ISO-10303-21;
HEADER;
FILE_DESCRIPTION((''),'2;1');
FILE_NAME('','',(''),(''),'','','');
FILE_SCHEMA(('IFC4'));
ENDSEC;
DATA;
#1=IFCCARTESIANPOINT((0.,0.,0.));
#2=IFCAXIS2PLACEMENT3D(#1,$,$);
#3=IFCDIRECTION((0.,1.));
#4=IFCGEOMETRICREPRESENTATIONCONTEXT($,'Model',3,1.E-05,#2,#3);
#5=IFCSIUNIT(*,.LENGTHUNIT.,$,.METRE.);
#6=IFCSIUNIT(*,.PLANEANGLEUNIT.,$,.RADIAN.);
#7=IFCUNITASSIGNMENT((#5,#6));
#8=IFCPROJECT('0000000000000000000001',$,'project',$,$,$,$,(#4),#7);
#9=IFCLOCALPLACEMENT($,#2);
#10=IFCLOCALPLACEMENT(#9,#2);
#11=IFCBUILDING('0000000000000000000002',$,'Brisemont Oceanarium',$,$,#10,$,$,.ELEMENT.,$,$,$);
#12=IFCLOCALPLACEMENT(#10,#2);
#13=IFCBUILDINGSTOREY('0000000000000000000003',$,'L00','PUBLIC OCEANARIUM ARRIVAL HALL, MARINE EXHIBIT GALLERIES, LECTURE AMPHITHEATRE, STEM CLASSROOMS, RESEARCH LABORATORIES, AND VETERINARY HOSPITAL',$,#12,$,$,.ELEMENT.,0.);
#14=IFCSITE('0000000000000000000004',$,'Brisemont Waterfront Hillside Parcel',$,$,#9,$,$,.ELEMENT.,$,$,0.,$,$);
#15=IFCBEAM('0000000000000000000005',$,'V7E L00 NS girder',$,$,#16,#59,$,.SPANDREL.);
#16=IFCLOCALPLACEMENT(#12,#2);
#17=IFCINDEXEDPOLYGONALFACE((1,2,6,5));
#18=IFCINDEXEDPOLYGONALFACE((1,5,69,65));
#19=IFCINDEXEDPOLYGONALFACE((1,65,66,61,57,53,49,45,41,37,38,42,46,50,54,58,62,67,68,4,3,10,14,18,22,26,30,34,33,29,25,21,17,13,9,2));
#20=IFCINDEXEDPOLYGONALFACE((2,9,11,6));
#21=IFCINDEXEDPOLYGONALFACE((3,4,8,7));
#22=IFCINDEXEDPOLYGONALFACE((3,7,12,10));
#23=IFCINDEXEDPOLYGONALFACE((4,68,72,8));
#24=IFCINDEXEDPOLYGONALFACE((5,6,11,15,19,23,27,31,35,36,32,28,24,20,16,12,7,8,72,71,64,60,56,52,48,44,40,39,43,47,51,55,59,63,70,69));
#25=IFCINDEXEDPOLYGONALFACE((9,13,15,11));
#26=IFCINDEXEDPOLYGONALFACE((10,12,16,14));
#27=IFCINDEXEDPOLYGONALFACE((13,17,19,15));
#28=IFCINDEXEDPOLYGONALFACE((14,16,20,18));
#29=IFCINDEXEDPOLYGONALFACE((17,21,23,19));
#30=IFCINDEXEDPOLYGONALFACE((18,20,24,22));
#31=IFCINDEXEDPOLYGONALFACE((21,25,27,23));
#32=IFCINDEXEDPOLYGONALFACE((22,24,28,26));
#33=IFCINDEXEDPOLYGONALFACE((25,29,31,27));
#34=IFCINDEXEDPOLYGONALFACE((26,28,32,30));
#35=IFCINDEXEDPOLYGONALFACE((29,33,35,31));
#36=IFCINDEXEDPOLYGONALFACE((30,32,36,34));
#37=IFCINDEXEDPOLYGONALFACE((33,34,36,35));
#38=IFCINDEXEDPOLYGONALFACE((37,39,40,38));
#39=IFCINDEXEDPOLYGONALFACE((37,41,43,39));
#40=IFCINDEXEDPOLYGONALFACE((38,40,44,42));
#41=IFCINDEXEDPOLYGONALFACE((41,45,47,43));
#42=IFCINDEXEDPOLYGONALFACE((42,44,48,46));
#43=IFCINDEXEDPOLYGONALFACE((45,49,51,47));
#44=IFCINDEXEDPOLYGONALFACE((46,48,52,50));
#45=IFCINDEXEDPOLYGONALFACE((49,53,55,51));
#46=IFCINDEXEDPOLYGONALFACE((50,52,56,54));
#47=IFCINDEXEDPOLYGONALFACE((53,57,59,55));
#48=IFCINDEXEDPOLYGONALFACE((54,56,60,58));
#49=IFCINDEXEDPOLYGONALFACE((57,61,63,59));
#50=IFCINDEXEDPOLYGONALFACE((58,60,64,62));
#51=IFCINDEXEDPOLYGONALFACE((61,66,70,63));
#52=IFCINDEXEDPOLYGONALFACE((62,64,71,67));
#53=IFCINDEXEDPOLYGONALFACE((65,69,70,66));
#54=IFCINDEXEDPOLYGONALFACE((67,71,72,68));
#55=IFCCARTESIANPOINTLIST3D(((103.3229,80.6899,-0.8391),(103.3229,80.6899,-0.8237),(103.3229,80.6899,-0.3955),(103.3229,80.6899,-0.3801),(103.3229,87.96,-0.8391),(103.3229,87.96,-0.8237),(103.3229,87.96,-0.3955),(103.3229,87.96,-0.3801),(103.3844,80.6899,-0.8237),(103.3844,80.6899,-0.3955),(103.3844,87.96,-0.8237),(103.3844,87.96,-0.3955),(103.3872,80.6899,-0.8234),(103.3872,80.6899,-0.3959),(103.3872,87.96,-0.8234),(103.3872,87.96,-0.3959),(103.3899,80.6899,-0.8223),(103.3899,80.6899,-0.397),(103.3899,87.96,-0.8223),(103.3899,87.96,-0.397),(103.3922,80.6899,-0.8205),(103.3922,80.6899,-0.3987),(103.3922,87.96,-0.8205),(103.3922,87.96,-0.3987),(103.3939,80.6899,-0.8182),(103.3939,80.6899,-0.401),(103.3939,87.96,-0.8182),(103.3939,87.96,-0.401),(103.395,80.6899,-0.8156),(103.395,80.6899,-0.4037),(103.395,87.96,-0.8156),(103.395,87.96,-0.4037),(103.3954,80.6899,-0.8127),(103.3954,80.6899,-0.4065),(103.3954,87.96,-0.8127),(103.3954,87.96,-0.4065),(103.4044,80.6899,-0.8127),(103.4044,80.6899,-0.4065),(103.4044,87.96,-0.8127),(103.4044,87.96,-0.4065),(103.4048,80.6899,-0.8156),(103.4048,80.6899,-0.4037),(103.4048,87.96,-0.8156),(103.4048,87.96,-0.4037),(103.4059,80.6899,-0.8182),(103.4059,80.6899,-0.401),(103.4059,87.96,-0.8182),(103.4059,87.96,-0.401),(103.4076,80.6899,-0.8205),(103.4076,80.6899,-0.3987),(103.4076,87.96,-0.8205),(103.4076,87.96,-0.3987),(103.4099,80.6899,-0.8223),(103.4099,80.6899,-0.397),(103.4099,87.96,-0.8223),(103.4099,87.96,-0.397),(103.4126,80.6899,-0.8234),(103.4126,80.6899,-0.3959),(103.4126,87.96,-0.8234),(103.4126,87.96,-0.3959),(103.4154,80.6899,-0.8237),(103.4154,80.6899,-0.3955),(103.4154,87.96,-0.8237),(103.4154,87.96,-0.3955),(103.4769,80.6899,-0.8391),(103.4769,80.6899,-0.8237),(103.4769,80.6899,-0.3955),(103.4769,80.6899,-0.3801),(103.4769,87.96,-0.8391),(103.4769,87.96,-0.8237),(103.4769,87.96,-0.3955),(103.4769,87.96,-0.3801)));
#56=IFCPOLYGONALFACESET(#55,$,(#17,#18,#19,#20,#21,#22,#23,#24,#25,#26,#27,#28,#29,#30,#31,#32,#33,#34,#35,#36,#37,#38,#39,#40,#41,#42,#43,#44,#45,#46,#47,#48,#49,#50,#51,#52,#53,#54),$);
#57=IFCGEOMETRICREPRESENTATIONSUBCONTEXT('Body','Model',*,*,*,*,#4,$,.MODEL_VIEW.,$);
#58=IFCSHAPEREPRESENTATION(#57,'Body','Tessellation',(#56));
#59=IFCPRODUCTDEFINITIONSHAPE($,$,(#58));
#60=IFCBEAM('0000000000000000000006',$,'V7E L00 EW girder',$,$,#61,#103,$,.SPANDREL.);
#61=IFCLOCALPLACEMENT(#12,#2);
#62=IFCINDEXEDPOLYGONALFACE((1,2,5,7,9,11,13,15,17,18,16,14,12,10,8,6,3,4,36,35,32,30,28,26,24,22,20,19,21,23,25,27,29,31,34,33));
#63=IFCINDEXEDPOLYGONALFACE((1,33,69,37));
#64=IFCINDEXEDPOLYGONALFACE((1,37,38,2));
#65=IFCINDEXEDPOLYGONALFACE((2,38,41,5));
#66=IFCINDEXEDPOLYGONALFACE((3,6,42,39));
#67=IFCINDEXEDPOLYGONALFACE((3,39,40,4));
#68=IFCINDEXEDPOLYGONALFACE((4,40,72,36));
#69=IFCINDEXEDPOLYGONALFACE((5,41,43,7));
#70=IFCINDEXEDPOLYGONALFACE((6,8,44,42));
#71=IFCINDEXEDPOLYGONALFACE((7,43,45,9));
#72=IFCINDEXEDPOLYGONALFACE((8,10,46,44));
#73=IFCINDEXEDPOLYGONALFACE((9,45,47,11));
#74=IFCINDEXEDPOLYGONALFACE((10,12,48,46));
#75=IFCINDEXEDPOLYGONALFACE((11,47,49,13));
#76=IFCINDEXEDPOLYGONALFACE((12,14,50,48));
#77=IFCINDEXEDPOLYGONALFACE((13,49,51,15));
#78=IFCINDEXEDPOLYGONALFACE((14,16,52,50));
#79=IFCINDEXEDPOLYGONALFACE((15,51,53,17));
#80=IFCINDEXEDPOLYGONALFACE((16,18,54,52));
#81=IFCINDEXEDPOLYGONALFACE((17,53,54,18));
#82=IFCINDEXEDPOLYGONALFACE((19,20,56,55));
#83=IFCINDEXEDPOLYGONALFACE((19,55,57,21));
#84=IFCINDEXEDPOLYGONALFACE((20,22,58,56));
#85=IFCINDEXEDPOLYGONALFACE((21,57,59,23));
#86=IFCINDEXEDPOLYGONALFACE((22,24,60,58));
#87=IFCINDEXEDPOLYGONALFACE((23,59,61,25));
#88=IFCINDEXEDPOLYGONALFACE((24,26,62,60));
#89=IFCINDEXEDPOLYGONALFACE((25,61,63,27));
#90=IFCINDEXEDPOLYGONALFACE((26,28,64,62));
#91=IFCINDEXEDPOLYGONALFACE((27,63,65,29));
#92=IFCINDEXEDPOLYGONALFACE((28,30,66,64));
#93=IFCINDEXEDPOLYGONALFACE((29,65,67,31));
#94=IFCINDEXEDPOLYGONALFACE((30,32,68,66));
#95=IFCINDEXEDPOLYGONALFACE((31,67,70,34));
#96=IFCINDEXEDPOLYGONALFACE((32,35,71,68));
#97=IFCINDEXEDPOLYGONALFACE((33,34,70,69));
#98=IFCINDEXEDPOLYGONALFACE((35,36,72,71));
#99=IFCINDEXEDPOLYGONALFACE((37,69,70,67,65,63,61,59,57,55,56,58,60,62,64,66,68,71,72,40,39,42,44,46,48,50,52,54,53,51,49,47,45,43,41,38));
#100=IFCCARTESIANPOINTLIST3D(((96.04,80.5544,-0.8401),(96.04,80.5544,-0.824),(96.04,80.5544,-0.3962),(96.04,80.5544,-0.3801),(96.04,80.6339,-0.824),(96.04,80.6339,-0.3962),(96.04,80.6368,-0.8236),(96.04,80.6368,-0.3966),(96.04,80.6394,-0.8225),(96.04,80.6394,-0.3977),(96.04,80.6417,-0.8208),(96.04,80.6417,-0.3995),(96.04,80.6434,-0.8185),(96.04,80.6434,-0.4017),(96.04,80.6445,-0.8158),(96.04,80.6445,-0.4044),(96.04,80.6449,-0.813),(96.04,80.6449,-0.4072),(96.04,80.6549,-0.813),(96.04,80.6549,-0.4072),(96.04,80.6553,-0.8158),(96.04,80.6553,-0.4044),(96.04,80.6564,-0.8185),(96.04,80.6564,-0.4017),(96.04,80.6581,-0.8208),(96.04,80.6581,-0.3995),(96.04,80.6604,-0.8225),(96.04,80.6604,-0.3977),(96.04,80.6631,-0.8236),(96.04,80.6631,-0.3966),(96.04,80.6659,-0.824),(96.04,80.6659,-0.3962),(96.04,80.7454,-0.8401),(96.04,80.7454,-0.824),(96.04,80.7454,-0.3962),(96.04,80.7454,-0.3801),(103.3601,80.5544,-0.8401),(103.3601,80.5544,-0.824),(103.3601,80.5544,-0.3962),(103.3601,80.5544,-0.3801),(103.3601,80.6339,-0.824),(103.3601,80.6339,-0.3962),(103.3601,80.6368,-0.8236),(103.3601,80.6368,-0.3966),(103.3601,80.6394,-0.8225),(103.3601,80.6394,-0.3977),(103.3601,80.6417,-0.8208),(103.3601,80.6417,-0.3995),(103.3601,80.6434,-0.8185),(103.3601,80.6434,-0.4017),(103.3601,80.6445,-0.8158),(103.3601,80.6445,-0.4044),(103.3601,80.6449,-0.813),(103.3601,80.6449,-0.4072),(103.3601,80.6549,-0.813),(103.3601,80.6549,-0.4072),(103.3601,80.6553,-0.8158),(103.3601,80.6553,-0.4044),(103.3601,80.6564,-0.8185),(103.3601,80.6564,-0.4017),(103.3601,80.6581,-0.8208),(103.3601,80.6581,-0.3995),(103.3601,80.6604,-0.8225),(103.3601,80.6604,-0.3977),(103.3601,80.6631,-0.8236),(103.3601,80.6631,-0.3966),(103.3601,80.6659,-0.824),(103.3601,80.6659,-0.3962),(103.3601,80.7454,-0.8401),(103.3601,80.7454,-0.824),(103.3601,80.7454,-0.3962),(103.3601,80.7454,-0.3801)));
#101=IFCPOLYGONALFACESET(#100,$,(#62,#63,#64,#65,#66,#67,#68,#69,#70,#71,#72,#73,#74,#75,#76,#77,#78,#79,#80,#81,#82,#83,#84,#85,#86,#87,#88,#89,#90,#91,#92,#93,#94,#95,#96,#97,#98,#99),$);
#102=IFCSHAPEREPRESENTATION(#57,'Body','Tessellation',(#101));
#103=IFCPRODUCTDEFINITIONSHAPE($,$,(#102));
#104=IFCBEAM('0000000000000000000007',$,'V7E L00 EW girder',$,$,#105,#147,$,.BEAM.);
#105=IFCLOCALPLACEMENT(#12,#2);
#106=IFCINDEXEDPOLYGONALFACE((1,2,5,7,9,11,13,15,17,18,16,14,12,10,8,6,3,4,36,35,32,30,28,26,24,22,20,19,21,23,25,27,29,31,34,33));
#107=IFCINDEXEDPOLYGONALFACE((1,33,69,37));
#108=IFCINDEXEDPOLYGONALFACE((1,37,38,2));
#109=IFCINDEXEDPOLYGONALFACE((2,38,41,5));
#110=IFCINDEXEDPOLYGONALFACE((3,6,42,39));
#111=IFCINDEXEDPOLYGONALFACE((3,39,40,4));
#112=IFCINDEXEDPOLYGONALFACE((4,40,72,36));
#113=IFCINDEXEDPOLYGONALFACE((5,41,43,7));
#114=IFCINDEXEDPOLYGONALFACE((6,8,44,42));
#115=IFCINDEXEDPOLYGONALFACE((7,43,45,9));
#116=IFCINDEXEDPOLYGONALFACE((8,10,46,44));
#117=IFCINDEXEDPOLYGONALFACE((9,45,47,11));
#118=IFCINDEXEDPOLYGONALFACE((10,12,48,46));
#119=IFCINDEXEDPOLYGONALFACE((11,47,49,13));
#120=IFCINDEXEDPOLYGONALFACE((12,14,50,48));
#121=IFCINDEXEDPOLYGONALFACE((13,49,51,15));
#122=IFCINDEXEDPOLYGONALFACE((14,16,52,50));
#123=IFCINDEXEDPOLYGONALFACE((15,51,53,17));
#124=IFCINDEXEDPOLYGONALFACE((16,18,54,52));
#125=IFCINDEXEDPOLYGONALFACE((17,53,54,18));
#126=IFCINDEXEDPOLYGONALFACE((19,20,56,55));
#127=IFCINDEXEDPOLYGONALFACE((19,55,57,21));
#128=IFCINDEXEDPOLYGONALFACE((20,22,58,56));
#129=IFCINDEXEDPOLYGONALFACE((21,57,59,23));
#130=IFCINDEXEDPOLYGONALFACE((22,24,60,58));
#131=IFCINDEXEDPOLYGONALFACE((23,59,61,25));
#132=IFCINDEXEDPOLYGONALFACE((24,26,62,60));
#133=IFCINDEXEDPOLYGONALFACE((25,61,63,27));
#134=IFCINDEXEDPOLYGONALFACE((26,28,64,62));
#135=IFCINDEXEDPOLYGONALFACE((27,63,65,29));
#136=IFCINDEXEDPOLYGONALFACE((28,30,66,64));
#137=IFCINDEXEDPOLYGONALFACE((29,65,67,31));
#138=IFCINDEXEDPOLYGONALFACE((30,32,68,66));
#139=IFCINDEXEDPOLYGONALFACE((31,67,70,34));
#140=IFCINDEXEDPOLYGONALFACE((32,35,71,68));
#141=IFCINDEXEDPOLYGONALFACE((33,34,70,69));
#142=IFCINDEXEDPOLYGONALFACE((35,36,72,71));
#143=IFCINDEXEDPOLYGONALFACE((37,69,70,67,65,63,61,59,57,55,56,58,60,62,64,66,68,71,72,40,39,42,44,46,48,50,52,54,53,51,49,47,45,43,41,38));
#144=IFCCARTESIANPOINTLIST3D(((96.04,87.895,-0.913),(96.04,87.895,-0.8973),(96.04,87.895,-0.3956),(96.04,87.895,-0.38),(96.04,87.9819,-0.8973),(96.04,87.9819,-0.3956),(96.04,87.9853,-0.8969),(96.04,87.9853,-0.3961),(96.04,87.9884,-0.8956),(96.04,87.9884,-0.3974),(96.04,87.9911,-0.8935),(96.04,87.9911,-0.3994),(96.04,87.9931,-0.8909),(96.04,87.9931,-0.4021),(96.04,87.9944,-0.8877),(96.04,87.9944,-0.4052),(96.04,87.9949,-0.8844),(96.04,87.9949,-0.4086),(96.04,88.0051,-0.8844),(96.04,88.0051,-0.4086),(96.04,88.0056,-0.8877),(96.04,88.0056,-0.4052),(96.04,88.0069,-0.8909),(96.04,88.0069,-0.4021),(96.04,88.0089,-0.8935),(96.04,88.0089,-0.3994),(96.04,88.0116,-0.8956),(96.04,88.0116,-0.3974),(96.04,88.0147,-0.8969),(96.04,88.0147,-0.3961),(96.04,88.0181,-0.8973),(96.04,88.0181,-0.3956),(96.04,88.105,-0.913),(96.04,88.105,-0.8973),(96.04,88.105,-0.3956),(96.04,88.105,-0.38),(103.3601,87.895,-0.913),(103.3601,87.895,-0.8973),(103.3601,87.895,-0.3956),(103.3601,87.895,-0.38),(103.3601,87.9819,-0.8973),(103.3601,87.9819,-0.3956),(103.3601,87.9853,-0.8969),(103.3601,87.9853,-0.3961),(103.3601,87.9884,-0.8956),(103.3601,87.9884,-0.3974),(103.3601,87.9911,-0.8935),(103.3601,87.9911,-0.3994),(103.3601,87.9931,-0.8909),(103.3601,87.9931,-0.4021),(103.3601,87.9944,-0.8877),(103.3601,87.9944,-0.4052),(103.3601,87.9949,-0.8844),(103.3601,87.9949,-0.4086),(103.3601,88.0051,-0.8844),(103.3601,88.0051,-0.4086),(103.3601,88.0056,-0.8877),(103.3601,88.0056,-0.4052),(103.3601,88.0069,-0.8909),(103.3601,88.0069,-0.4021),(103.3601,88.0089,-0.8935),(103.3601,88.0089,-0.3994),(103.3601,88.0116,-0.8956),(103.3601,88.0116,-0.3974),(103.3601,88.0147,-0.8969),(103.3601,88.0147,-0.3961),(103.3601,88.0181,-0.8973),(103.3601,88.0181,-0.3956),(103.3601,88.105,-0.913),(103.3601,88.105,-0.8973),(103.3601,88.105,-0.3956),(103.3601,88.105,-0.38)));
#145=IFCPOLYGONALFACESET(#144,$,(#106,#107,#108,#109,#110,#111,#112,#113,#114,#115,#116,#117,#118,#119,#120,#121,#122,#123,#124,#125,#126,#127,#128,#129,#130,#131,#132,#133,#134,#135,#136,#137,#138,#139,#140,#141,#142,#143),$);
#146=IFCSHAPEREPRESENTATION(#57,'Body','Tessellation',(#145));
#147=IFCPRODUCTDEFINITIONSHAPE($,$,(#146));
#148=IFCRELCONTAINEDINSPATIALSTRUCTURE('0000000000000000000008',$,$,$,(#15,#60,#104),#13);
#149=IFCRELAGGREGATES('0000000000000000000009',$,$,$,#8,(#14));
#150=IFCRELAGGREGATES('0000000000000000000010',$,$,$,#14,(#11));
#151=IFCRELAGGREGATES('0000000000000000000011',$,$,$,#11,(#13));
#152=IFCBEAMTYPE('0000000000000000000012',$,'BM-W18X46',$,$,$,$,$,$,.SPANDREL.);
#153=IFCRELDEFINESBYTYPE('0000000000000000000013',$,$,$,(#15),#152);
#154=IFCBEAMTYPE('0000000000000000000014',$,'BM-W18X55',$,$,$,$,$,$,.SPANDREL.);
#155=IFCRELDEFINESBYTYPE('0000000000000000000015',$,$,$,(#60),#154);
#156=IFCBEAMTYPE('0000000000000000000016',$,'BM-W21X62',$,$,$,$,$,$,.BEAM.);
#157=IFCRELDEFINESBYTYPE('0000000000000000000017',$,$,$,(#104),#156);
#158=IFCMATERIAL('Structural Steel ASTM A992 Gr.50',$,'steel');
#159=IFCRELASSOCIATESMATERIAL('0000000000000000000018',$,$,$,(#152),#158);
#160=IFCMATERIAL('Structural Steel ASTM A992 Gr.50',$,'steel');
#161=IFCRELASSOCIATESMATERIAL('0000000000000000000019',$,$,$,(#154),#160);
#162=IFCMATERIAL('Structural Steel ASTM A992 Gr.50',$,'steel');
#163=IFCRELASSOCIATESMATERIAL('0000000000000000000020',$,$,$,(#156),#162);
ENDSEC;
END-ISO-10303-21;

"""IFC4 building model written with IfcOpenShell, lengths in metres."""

from ifc_helpers import new_model, si_unit, direction, frame, origin, origin_2d, place, context, subcontext, project, spatial, i_section, extrude, material, material_profile, profile_set, type_object, element, save


model = new_model("IFC4")

# Units and contexts
model_context = context("Model", 3, precision=1e-05, world=origin(), true_north=direction((0.0, 1.0)))
body_context = subcontext(model_context, "Body", "Model", "MODEL_VIEW")
ifc_project = project(units=[si_unit("LENGTHUNIT", "METRE"), si_unit("PLANEANGLEUNIT", "RADIAN")], contexts=[model_context])

# Site, building, storey
site_placement = place(None, origin())
site = spatial("IfcSite", under=ifc_project, at=site_placement, Name="Brisemont Waterfront Hillside Parcel", CompositionType="ELEMENT", RefElevation=0.0)
building_placement = place(site_placement, origin())
building = spatial("IfcBuilding", under=site, at=building_placement, Name="Brisemont Oceanarium", CompositionType="ELEMENT")
storey_placement = place(building_placement, origin())
storey = spatial("IfcBuildingStorey", under=building, at=storey_placement, Name="L00", Description="PUBLIC OCEANARIUM ARRIVAL HALL, MARINE EXHIBIT GALLERIES, LECTURE AMPHITHEATRE, STEM CLASSROOMS, RESEARCH LABORATORIES, AND VETERINARY HOSPITAL", CompositionType="ELEMENT", Elevation=0.0)

# Beams
ifc_material_1 = material(Name="Structural Steel ASTM A992 Gr.50", Category="steel")
ifc_material_profile_1 = material_profile(ifc_material_1, i_section(OverallWidth=0.1541, OverallDepth=0.459, WebThickness=0.009, FlangeThickness=0.0154, FilletRadius=0.011, at=origin_2d()), Name="W18X46")
ifc_profile_set_1 = profile_set([ifc_material_profile_1], Name="Structural Steel ASTM A992 Gr.50")
beam_type_1 = type_object("IfcBeamType", Name="BM-W18X46", PredefinedType="SPANDREL", material=ifc_profile_set_1)
beam_1_placement = place(storey_placement, frame((103.3999, 80.6899, -0.6096), z_axis=(0.0, 1.0, 0.0), x_axis=(-1.0, 0.0, 0.0)))
element("IfcBeam", 1, at=beam_1_placement, inside=storey, type_object=beam_type_1, Name="V7E L00 NS girder", PredefinedType="SPANDREL", context=body_context, shape_type="SweptSolid", body=[
    extrude(i_section(OverallWidth=0.1541, OverallDepth=0.459, WebThickness=0.009, FlangeThickness=0.0154, FilletRadius=0.011, at=origin_2d()), origin(), (0.0, 0.0, 1.0), 7.27),
])
ifc_material_2 = material(Name="Structural Steel ASTM A992 Gr.50", Category="steel")
ifc_material_profile_2 = material_profile(ifc_material_2, i_section(OverallWidth=0.1909, OverallDepth=0.46, WebThickness=0.01, FlangeThickness=0.0161, FilletRadius=0.011, at=origin_2d()), Name="W18X55")
ifc_profile_set_2 = profile_set([ifc_material_profile_2], Name="Structural Steel ASTM A992 Gr.50")
beam_type_2 = type_object("IfcBeamType", Name="BM-W18X55", PredefinedType="SPANDREL", material=ifc_profile_set_2)
beam_2_placement = place(storey_placement, frame((96.04, 80.6499, -0.6101), z_axis=(1.0, 0.0, 0.0), x_axis=(0.0, 1.0, 0.0)))
element("IfcBeam", 2, at=beam_2_placement, inside=storey, type_object=beam_type_2, Name="V7E L00 EW girder", PredefinedType="SPANDREL", context=body_context, shape_type="SweptSolid", body=[
    extrude(i_section(OverallWidth=0.1909, OverallDepth=0.46, WebThickness=0.01, FlangeThickness=0.0161, FilletRadius=0.011, at=origin_2d()), origin(), (0.0, 0.0, 1.0), 7.3201),
])
ifc_material_3 = material(Name="Structural Steel ASTM A992 Gr.50", Category="steel")
ifc_material_profile_3 = material_profile(ifc_material_3, i_section(OverallWidth=0.21, OverallDepth=0.533, WebThickness=0.0103, FlangeThickness=0.0156, FilletRadius=0.0129, at=origin_2d()), Name="W21X62")
ifc_profile_set_3 = profile_set([ifc_material_profile_3], Name="Structural Steel ASTM A992 Gr.50")
beam_type_3 = type_object("IfcBeamType", Name="BM-W21X62", PredefinedType="BEAM", material=ifc_profile_set_3)
beam_3_placement = place(storey_placement, frame((96.04, 88.0, -0.6465), z_axis=(1.0, 0.0, 0.0), x_axis=(0.0, 1.0, 0.0)))
element("IfcBeam", 3, at=beam_3_placement, inside=storey, type_object=beam_type_3, Name="V7E L00 EW girder", PredefinedType="BEAM", context=body_context, shape_type="SweptSolid", body=[
    extrude(i_section(OverallWidth=0.21, OverallDepth=0.533, WebThickness=0.0103, FlangeThickness=0.0156, FilletRadius=0.0129, at=origin_2d()), origin(), (0.0, 0.0, 1.0), 7.3201),
])

save(model, "model.ifc")
